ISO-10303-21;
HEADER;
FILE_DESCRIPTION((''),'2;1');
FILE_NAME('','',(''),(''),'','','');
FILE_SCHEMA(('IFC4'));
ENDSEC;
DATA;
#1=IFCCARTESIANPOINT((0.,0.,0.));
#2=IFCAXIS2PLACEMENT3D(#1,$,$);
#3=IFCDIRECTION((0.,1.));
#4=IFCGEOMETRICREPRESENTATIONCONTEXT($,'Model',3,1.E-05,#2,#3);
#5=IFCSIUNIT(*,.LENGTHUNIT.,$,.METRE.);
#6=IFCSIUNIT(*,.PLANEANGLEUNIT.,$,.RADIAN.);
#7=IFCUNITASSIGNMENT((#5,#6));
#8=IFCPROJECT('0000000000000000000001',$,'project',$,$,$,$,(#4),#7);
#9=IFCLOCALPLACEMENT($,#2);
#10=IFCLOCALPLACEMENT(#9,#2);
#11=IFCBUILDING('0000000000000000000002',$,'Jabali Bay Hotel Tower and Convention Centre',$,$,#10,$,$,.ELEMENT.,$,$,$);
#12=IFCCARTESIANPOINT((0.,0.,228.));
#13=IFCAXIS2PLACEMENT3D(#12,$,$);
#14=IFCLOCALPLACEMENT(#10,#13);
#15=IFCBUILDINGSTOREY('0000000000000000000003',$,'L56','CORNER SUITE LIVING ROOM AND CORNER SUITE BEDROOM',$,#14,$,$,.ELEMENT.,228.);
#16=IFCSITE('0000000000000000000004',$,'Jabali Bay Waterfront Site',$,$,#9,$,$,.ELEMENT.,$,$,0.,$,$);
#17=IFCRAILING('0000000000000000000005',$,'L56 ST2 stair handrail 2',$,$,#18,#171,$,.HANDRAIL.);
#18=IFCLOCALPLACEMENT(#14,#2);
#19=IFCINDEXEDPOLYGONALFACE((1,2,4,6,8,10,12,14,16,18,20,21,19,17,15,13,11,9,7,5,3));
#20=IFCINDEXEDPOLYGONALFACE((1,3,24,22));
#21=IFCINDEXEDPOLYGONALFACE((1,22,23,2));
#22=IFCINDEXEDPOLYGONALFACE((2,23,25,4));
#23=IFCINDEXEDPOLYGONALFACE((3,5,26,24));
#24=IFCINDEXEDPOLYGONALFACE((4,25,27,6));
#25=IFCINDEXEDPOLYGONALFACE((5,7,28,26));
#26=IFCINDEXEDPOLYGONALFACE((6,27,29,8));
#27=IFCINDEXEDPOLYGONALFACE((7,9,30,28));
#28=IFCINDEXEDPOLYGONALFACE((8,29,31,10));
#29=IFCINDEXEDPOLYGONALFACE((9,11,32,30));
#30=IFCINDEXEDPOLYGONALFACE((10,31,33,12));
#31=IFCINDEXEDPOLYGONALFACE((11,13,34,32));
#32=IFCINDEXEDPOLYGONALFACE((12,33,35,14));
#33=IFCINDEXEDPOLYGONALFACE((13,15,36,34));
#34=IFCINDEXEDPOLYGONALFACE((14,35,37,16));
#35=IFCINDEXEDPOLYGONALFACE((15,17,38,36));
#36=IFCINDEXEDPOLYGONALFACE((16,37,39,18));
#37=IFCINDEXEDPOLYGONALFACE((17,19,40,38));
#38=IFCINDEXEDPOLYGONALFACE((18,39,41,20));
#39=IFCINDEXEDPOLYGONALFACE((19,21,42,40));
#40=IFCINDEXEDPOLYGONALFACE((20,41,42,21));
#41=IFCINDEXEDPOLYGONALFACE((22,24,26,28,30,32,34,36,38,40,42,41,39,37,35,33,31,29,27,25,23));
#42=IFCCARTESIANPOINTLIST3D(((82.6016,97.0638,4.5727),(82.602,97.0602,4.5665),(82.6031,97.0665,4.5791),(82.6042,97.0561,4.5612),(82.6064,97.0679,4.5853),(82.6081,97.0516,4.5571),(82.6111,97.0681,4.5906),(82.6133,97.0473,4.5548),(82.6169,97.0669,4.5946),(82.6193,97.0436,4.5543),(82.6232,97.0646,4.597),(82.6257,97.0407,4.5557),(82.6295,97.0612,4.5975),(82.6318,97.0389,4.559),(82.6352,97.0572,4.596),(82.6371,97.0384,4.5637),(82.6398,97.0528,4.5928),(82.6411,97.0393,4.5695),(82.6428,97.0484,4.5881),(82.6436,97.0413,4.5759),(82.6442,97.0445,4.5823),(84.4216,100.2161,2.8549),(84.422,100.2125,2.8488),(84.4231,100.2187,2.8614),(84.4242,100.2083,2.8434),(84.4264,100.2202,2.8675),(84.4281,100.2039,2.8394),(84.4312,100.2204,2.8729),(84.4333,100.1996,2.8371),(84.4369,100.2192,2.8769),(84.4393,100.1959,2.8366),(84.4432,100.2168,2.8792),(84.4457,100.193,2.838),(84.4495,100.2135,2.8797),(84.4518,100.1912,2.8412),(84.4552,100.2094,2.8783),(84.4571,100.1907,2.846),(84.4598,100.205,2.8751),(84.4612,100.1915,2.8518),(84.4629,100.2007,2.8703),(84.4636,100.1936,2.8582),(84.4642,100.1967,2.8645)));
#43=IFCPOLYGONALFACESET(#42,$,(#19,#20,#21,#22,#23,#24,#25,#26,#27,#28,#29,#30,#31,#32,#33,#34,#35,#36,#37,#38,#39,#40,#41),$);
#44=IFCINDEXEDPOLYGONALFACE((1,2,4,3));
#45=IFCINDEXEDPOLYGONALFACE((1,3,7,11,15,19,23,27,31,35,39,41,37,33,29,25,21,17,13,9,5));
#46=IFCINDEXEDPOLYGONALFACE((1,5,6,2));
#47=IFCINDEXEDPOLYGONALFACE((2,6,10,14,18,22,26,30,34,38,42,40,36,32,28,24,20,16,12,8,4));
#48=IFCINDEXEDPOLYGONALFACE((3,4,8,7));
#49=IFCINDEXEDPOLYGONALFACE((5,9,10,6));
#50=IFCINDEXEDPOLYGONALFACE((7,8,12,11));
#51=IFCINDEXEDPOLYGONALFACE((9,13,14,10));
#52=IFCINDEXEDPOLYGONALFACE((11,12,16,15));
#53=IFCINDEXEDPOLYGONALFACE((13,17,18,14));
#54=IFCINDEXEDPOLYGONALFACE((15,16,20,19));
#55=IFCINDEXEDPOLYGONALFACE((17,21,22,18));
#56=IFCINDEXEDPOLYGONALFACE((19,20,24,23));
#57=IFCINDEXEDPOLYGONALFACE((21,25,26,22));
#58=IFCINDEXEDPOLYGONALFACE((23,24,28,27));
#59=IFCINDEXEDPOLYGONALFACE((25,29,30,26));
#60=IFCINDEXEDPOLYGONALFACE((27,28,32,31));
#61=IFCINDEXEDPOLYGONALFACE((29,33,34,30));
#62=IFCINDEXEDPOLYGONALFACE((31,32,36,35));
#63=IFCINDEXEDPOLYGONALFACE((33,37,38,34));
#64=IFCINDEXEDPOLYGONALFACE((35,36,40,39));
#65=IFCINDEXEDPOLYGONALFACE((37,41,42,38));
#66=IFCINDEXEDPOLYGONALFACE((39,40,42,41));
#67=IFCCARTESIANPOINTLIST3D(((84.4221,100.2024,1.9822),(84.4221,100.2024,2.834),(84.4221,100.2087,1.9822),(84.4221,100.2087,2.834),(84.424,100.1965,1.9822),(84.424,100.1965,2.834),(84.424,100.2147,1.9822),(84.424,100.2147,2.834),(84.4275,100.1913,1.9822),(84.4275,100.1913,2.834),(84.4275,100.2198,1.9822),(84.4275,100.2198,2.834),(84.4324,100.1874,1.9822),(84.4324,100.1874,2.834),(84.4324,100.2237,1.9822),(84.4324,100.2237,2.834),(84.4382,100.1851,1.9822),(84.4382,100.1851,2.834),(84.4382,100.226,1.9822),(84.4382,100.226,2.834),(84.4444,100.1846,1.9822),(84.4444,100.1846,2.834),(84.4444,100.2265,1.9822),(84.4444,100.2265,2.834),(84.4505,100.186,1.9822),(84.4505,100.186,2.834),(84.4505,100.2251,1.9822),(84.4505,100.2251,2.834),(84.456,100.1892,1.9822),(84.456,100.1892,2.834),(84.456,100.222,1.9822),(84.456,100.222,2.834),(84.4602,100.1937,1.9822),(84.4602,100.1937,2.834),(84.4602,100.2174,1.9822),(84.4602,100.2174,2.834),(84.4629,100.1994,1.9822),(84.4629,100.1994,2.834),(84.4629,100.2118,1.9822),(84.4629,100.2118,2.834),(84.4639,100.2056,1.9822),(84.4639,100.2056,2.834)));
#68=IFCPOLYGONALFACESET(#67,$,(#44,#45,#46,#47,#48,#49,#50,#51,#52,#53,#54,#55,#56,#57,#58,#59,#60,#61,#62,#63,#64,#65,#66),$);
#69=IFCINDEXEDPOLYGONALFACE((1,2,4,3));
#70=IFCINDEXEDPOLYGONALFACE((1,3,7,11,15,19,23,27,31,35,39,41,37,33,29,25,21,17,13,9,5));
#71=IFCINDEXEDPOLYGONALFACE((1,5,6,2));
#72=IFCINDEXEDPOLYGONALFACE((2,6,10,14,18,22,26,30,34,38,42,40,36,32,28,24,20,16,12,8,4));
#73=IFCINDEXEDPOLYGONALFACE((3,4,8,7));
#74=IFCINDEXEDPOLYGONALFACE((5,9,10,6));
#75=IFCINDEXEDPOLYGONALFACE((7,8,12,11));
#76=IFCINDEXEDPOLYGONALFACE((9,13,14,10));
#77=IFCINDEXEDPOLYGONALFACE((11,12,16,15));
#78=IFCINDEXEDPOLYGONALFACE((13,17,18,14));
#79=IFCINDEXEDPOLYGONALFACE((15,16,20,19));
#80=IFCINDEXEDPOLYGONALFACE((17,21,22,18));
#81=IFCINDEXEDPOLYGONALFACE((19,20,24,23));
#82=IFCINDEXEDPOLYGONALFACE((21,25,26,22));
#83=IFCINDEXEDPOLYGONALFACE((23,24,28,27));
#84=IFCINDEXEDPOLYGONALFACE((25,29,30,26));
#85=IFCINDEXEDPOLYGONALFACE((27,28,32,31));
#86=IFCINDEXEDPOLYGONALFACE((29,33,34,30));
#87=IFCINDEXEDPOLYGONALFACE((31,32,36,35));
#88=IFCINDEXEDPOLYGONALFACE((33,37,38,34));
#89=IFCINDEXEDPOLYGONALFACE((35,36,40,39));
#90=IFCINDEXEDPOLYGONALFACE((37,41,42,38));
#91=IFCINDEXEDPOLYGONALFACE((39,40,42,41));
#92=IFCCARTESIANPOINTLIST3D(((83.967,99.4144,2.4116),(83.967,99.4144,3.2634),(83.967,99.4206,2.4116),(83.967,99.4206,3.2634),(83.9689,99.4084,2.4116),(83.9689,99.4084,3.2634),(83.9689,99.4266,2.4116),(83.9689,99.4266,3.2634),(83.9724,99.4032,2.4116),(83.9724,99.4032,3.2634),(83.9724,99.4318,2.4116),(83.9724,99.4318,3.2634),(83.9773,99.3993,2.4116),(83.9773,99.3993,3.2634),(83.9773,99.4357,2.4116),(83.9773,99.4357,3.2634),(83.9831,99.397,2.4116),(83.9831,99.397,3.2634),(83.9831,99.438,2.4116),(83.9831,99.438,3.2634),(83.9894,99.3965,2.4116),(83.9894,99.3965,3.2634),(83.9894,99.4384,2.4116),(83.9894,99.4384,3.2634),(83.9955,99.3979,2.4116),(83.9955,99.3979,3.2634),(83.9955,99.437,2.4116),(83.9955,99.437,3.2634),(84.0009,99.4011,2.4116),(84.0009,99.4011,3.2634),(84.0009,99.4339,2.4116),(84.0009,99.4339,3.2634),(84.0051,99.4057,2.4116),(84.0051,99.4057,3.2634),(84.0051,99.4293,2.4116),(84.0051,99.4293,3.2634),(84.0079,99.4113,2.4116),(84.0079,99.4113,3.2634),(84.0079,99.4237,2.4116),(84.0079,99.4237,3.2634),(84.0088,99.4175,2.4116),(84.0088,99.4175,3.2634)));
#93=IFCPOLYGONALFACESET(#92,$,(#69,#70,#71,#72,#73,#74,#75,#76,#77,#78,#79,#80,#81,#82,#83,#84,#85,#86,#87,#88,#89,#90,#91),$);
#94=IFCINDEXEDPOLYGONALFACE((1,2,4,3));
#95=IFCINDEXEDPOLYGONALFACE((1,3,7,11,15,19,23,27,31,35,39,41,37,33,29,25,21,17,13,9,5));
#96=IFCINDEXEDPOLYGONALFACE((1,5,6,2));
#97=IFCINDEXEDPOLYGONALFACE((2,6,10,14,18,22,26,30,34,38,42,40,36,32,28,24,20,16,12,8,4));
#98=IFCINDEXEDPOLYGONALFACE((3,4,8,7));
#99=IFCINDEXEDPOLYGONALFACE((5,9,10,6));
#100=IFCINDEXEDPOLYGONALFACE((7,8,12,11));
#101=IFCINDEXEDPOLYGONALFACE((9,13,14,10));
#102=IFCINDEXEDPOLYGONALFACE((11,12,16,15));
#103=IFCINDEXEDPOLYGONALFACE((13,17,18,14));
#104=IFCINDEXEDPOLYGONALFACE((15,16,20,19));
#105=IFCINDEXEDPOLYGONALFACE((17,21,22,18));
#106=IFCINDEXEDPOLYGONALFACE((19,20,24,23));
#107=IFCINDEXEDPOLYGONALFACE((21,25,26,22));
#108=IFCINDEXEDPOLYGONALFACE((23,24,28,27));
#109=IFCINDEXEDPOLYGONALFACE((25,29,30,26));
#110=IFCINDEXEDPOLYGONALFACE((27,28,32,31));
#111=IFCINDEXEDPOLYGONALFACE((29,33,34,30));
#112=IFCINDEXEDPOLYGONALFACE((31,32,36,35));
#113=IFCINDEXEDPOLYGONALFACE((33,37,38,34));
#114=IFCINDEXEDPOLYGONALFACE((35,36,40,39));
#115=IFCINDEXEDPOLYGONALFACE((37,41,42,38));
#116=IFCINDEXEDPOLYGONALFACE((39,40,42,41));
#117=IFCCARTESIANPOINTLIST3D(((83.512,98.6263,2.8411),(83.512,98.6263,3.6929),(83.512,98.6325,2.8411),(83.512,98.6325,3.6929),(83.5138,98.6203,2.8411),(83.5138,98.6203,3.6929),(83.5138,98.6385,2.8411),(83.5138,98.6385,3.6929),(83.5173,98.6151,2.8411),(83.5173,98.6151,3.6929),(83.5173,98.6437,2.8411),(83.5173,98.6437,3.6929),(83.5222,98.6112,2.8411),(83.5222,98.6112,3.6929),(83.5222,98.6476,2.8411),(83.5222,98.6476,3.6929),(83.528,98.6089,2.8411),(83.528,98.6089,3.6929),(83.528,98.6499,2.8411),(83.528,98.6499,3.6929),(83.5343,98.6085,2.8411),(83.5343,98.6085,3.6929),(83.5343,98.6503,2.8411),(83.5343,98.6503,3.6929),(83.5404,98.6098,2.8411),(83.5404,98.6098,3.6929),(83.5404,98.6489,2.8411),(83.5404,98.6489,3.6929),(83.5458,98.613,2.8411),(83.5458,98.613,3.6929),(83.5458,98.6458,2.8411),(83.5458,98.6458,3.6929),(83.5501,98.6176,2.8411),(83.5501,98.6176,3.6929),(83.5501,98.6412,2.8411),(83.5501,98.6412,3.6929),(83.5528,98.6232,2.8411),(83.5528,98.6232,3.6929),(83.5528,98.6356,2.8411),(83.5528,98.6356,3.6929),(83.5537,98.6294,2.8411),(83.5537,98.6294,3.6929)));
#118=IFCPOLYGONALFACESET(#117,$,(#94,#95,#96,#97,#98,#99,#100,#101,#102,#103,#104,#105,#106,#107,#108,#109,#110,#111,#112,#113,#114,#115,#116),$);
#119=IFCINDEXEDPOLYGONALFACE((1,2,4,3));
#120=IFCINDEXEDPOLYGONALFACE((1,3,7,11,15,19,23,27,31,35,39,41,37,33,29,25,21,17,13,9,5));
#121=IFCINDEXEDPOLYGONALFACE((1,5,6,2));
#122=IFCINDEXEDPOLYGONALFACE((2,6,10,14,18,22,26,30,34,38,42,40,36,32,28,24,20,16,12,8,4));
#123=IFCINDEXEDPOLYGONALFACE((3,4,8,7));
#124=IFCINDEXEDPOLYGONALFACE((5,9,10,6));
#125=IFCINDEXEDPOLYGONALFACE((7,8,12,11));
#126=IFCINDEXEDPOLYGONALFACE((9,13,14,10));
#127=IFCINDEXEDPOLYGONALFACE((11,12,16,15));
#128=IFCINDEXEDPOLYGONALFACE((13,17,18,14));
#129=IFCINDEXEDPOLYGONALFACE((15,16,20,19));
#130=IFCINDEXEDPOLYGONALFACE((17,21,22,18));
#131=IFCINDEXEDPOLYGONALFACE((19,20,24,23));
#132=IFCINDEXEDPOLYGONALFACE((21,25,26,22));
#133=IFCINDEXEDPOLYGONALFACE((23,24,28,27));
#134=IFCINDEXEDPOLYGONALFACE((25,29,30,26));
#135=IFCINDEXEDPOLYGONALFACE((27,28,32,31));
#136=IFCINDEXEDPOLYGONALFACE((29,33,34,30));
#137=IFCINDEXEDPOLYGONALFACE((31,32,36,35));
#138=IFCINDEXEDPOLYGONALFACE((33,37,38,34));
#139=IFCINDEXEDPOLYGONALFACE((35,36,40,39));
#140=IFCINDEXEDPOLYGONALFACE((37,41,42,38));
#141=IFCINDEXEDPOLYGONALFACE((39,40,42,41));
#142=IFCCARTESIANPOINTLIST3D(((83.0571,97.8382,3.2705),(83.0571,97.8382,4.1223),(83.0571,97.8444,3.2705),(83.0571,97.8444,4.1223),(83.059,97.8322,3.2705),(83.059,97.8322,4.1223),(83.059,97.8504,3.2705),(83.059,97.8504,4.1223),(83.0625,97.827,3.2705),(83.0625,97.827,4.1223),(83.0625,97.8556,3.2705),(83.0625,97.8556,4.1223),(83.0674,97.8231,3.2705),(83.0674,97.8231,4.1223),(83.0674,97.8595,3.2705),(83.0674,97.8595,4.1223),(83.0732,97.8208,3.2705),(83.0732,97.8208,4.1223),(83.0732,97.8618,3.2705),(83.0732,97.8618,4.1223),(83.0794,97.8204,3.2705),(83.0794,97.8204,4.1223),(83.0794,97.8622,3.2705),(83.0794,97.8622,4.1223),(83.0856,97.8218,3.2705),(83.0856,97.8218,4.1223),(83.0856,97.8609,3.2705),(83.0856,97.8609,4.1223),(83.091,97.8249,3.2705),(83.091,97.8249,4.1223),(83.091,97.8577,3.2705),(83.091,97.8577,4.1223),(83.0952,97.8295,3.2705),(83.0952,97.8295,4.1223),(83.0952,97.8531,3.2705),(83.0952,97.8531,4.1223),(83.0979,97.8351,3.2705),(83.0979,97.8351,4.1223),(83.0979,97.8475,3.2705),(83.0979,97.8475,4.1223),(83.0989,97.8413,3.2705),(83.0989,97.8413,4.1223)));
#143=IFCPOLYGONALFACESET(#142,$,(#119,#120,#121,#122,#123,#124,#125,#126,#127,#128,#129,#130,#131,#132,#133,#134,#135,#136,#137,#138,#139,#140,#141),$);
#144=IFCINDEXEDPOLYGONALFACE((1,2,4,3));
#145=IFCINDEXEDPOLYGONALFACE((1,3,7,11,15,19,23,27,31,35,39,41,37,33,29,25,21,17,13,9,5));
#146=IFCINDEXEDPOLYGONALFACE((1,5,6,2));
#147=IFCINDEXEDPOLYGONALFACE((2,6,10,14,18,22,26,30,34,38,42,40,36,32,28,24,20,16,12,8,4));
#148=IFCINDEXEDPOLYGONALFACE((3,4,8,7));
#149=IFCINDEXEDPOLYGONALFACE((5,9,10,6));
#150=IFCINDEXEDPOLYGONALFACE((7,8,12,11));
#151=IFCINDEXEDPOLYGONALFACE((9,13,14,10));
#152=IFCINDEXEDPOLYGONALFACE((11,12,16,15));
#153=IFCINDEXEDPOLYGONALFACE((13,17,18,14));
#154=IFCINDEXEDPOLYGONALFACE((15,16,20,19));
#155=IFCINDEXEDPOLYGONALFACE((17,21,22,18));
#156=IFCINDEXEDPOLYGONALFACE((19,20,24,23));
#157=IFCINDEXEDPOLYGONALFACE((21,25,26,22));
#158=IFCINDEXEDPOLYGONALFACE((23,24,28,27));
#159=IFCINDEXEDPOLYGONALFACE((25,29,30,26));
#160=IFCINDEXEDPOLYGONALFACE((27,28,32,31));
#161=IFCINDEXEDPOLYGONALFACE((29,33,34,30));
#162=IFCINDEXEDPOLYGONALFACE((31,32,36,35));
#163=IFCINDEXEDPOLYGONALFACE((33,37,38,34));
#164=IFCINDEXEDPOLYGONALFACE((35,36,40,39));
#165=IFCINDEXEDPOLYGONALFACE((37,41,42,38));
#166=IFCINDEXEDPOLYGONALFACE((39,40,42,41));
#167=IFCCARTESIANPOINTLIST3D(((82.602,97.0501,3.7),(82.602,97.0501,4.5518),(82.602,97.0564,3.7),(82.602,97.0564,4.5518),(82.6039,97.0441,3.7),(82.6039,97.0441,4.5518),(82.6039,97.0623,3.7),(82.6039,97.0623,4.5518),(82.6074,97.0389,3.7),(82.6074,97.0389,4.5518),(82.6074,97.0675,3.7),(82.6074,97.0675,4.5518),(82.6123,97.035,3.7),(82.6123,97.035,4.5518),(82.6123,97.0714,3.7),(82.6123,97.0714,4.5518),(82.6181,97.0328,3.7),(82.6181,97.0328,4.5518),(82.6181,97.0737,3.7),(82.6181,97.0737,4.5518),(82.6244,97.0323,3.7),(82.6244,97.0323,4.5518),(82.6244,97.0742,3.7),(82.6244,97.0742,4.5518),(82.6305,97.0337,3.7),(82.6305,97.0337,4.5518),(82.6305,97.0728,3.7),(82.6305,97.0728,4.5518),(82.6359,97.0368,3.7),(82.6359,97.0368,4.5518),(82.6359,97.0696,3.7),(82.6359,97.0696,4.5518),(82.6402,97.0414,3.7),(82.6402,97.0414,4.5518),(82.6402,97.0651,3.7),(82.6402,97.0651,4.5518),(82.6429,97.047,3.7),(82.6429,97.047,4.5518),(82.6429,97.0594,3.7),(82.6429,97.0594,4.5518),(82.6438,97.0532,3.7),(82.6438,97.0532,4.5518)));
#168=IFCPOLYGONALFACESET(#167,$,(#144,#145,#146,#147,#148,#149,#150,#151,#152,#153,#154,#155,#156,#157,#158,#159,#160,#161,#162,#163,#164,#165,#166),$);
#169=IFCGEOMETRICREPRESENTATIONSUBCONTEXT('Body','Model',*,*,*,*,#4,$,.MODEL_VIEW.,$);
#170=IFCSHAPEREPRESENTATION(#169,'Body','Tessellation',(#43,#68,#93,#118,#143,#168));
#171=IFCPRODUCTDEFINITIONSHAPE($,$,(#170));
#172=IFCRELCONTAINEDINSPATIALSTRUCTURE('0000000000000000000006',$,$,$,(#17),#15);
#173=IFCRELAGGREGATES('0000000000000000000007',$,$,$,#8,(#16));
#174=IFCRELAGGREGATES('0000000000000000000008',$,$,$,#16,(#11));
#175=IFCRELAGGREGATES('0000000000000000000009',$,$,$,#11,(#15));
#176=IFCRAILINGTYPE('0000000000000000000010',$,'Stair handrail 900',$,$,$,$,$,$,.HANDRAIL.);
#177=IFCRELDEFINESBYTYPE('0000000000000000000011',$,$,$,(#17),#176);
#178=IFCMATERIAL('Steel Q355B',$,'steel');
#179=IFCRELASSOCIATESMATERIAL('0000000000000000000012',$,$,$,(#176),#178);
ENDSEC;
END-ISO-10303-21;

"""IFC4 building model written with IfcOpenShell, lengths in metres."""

from ifc_helpers import new_model, si_unit, direction, frame, origin, origin_2d, place, context, subcontext, project, spatial, circle, extrude, material, type_object, element, save


model = new_model("IFC4")

# Units and contexts
model_context = context("Model", 3, precision=1e-05, world=origin(), true_north=direction((0.0, 1.0)))
body_context = subcontext(model_context, "Body", "Model", "MODEL_VIEW")
ifc_project = project(units=[si_unit("LENGTHUNIT", "METRE"), si_unit("PLANEANGLEUNIT", "RADIAN")], contexts=[model_context])

# Site, building, storey
site_placement = place(None, origin())
site = spatial("IfcSite", under=ifc_project, at=site_placement, Name="Jabali Bay Waterfront Site", CompositionType="ELEMENT", RefElevation=0.0)
building_placement = place(site_placement, origin())
building = spatial("IfcBuilding", under=site, at=building_placement, Name="Jabali Bay Hotel Tower and Convention Centre", CompositionType="ELEMENT")
storey_placement = place(building_placement, frame((0.0, 0.0, 228.0)))
storey = spatial("IfcBuildingStorey", under=building, at=storey_placement, Name="L56", Description="CORNER SUITE LIVING ROOM AND CORNER SUITE BEDROOM", CompositionType="ELEMENT", Elevation=228.0)

# Railing
ifc_material_1 = material(Name="Steel Q355B", Category="steel")
railing_type_1 = type_object("IfcRailingType", Name="Stair handrail 900", PredefinedType="HANDRAIL", material=ifc_material_1)
railing_1_placement = place(storey_placement, frame((84.4429, 100.2056, 1.9822)))
element("IfcRailing", 1, at=railing_1_placement, inside=storey, type_object=railing_type_1, Name="L56 ST2 stair handrail 2", PredefinedType="HANDRAIL", context=body_context, shape_type="SweptSolid", body=[
    extrude(circle(Radius=0.0239, at=origin_2d()), frame((0.0, 0.0, 0.876), z_axis=(-0.45219, -0.78319, 0.426775), x_axis=(0.866018, -0.500013, 0.0)), (0.0, 0.0, 1.0), 4.0249),
    extrude(circle(Radius=0.021, at=origin_2d()), origin(), (0.0, 0.0, 1.0), 0.8518),
    extrude(circle(Radius=0.021, at=origin_2d()), frame((-0.4551, -0.7881, 0.4294)), (0.0, 0.0, 1.0), 0.8518),
    extrude(circle(Radius=0.021, at=origin_2d()), frame((-0.9102, -1.5762, 0.8589)), (0.0, 0.0, 1.0), 0.8518),
    extrude(circle(Radius=0.021, at=origin_2d()), frame((-1.365, -2.3643, 1.2883)), (0.0, 0.0, 1.0), 0.8518),
    extrude(circle(Radius=0.021, at=origin_2d()), frame((-1.8201, -3.1523, 1.7178)), (0.0, 0.0, 1.0), 0.8518),
])

save(model, "model.ifc")
